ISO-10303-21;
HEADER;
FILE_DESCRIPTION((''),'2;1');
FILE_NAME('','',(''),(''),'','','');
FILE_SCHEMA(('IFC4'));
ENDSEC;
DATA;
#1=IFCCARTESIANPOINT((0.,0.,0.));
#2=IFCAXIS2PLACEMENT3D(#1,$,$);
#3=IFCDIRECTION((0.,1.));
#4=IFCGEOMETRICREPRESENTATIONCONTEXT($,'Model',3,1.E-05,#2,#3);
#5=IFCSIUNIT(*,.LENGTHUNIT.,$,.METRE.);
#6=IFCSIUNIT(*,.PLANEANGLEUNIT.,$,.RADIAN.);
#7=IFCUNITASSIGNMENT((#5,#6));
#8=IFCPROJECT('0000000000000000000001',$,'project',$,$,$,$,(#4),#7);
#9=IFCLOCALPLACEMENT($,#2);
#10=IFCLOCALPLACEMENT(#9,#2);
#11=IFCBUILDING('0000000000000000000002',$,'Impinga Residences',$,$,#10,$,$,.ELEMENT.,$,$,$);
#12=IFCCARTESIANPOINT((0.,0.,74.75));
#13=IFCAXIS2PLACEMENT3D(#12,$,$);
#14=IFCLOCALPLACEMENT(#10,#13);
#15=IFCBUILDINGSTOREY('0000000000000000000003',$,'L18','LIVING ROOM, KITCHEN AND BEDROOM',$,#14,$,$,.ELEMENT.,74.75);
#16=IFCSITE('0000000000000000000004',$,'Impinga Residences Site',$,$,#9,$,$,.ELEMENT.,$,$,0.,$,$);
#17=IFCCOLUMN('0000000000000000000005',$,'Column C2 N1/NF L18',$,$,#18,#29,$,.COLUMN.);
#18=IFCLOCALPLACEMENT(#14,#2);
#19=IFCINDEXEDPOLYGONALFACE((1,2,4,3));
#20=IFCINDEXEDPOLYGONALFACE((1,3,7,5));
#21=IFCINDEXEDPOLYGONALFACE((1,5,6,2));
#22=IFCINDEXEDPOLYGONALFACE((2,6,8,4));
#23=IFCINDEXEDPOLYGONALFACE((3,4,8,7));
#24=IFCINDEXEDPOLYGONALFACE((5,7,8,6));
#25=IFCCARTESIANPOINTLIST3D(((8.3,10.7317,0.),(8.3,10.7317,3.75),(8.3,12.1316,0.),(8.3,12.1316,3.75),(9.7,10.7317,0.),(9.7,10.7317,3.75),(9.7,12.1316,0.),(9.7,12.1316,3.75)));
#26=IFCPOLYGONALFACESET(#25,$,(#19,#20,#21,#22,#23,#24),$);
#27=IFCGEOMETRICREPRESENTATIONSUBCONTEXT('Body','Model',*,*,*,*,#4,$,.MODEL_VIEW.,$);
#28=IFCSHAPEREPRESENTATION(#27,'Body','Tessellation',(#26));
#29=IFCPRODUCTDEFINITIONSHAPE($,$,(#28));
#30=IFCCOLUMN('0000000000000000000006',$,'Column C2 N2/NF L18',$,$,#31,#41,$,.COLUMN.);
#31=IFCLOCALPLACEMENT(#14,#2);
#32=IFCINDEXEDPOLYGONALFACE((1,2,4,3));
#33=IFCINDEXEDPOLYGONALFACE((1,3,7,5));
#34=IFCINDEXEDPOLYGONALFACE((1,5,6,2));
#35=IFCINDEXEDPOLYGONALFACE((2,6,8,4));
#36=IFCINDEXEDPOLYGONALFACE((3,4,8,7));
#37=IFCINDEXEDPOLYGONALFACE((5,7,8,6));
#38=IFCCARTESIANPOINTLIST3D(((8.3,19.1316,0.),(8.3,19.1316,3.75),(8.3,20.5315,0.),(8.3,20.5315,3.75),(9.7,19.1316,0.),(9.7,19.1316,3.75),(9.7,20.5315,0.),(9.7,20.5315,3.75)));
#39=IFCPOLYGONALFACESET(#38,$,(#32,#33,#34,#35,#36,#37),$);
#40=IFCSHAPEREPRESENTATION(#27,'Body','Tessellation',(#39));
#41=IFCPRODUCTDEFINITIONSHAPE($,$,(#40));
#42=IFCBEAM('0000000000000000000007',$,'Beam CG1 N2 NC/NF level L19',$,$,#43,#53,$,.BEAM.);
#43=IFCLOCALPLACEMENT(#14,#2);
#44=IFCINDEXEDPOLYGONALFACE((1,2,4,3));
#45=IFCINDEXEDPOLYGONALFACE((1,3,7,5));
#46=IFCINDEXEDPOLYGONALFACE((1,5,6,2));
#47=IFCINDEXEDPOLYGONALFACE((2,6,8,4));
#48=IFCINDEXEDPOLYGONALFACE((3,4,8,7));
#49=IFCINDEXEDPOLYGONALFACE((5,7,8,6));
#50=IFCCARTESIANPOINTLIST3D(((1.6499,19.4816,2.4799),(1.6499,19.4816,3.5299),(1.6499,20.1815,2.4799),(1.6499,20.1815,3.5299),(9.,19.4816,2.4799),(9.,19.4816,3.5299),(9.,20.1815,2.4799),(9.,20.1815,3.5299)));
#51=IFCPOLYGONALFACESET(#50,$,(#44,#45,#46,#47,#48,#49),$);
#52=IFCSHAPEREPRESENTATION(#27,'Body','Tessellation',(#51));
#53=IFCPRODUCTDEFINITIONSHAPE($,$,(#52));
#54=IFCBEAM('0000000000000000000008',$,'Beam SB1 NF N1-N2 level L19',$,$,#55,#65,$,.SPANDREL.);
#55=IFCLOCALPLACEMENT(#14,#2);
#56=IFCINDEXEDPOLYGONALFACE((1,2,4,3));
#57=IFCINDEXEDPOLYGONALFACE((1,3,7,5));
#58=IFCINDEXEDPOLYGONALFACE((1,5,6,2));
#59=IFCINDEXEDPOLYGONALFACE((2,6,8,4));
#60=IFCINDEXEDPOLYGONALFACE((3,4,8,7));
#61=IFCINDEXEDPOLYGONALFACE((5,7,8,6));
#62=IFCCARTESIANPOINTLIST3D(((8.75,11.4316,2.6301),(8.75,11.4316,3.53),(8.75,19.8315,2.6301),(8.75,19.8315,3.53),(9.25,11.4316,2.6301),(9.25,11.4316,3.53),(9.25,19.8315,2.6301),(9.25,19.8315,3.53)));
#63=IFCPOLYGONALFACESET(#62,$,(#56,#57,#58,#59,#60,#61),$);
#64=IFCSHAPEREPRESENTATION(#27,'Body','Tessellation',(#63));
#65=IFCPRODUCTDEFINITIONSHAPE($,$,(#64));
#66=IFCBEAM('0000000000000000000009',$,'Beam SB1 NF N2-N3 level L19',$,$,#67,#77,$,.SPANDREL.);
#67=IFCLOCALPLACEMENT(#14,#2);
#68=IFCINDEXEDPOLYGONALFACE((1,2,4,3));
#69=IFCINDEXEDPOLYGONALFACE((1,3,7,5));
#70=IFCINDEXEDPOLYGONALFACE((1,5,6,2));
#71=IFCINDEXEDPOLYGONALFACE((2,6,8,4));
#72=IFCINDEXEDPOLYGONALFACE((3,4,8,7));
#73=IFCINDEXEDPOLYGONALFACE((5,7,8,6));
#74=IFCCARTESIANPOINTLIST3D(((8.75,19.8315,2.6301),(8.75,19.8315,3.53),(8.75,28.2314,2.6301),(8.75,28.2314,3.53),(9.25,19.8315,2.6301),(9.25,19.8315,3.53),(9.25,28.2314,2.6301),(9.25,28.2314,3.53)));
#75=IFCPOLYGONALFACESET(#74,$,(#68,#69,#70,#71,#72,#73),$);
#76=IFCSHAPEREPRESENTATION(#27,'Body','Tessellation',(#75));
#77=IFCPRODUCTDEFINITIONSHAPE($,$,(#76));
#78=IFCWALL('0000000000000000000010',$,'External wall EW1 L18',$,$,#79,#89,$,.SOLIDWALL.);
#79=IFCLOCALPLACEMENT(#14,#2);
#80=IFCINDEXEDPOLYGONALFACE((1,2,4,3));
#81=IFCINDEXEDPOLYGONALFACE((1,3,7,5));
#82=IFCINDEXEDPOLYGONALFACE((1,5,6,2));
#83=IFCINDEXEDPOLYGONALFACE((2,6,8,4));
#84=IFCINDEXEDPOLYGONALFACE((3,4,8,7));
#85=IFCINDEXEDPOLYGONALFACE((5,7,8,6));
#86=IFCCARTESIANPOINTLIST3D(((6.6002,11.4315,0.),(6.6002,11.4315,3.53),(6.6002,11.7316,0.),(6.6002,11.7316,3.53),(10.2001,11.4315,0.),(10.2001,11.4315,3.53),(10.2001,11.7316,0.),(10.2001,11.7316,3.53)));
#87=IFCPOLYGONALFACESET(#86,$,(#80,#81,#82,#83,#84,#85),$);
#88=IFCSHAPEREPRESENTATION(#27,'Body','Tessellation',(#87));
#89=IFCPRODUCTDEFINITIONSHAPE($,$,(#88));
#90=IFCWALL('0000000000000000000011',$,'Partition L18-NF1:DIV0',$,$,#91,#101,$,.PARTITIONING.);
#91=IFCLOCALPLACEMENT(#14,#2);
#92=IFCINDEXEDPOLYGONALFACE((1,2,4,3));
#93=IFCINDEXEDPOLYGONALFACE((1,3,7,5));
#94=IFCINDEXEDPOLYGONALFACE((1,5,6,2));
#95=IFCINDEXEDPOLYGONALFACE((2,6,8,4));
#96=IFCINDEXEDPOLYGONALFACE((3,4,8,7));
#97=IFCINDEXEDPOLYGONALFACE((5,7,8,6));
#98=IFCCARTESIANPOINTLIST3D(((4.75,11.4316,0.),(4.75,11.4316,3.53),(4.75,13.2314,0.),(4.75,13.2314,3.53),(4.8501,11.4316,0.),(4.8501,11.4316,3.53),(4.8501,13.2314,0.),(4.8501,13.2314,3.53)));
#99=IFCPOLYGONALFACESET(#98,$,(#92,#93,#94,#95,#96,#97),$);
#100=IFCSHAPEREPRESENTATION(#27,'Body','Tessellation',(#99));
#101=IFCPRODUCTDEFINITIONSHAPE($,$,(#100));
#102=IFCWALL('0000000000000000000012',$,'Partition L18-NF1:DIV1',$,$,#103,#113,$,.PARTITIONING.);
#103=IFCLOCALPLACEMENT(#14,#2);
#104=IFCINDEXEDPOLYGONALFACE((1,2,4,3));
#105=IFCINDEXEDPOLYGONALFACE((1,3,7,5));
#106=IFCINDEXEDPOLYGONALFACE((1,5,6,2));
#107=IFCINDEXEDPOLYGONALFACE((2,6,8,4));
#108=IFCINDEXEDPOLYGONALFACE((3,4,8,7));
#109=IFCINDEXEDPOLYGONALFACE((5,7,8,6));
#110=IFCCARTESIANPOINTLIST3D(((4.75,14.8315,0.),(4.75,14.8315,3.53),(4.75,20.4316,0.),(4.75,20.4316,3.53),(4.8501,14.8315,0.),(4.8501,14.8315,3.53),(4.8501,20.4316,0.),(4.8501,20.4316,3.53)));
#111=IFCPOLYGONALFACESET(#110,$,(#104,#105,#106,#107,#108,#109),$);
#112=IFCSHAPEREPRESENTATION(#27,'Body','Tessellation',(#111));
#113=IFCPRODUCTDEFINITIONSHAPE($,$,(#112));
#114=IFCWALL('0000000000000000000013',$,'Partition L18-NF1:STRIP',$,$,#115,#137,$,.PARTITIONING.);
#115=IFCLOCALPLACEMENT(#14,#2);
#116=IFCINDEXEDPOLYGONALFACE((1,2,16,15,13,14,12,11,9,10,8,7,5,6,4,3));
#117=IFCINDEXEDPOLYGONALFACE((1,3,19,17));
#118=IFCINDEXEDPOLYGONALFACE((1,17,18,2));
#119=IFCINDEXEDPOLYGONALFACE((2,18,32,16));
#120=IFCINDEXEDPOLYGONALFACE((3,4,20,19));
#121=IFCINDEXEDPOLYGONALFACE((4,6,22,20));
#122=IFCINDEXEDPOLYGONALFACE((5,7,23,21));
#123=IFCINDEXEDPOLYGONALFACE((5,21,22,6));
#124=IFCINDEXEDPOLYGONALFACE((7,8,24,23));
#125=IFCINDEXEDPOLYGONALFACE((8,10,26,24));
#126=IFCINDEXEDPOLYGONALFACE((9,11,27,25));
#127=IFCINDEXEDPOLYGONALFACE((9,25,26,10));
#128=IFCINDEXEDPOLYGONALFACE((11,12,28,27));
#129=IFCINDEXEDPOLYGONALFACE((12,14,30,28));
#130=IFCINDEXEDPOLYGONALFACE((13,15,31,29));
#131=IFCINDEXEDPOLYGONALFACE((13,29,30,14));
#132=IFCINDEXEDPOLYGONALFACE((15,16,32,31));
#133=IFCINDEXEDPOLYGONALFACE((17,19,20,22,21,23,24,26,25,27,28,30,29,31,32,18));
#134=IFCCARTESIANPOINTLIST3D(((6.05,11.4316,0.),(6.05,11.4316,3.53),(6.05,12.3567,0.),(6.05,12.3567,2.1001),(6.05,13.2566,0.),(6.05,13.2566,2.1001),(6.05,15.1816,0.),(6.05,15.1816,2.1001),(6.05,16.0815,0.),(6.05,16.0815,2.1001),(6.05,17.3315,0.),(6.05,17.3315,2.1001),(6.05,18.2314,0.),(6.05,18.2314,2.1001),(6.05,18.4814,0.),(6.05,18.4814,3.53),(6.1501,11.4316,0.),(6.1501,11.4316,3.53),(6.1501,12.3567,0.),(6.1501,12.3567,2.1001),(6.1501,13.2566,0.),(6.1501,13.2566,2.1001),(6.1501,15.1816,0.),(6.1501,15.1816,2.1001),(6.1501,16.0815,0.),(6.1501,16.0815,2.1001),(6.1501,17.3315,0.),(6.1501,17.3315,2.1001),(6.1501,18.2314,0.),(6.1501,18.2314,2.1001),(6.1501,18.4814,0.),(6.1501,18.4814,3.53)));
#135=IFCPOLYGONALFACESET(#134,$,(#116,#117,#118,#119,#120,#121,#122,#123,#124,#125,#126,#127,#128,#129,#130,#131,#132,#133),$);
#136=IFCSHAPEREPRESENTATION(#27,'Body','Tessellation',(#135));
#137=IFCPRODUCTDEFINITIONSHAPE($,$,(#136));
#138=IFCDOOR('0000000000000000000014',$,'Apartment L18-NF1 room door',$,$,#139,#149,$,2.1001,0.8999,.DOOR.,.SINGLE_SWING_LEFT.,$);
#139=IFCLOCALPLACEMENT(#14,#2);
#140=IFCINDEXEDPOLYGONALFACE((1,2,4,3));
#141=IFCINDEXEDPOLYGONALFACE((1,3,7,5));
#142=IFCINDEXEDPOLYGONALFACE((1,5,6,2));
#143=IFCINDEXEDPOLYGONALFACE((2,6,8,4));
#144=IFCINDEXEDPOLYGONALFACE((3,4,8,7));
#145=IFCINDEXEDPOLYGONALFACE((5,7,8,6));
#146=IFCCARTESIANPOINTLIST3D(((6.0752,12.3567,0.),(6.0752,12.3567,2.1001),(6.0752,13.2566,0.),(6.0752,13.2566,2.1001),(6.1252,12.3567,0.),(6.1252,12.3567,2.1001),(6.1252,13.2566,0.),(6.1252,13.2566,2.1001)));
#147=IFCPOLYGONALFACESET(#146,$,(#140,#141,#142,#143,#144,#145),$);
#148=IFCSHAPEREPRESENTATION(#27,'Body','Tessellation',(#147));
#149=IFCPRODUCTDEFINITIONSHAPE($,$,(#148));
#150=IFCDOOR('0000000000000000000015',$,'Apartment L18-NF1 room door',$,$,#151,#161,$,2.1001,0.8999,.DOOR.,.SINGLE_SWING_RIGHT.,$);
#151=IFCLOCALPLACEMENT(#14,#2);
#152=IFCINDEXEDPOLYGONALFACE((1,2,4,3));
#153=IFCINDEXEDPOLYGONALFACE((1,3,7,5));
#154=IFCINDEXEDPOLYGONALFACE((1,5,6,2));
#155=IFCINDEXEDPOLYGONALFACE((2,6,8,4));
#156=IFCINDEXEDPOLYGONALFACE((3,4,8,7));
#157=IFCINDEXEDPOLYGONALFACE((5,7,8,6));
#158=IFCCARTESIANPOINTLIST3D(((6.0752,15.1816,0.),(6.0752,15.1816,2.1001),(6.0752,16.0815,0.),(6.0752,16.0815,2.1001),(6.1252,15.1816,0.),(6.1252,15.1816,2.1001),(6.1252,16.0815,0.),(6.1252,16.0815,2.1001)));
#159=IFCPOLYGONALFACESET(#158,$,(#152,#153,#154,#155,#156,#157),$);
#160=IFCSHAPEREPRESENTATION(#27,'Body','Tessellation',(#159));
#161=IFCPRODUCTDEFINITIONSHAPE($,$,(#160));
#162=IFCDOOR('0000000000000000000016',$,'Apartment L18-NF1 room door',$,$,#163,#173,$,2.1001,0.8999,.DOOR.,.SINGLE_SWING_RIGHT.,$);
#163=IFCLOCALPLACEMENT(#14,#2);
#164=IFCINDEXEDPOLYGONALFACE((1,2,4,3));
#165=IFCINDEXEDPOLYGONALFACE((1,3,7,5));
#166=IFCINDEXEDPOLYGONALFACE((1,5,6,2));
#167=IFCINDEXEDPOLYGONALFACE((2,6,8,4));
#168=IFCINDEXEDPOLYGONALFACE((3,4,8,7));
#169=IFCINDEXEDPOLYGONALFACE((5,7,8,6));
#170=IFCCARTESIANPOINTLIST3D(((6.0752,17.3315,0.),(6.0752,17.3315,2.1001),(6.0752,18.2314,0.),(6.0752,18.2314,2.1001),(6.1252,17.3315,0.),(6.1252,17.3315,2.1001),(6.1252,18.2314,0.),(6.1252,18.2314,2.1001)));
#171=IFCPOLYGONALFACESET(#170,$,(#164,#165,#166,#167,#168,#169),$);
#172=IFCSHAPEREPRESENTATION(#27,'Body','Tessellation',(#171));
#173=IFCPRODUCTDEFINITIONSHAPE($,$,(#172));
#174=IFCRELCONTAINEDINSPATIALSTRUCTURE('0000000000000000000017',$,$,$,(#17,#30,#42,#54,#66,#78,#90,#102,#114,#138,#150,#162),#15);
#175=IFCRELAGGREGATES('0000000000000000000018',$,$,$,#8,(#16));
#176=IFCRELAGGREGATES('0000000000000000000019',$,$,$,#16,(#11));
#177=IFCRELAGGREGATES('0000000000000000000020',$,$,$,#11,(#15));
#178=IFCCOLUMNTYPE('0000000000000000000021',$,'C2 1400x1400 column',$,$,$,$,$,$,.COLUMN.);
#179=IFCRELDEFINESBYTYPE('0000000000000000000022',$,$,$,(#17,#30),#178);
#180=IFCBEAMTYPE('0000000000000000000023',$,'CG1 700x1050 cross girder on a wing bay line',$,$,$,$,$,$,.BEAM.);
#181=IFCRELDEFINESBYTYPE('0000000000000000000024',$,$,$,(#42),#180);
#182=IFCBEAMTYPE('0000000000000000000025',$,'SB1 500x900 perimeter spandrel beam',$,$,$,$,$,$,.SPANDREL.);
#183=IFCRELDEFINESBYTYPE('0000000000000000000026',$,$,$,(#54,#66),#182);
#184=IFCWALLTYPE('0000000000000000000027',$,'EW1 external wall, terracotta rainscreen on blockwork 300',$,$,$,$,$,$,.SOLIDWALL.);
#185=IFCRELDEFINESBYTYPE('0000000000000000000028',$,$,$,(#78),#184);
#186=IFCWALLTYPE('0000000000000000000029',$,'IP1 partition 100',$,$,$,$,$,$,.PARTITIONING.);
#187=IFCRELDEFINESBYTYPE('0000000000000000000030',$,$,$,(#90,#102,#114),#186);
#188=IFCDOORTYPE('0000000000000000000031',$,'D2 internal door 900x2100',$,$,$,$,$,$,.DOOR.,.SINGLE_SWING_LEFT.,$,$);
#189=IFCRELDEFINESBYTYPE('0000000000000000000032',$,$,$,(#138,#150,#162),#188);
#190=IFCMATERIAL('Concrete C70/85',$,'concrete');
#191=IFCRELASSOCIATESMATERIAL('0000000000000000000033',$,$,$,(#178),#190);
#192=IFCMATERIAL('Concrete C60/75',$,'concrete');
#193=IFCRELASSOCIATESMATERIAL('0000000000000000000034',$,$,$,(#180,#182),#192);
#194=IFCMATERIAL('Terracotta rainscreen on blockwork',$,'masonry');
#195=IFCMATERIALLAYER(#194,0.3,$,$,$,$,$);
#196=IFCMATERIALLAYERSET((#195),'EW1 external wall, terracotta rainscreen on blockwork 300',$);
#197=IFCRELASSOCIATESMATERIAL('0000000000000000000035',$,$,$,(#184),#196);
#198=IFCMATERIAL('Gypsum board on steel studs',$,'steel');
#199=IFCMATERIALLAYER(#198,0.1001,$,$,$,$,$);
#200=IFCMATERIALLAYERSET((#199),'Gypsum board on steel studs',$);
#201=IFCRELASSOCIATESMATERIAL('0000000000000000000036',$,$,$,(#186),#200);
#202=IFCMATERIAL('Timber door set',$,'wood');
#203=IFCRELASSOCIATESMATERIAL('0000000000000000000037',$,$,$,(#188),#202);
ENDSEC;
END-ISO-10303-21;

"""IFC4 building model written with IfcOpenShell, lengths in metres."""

from ifc_helpers import new_model, si_unit, direction, frame, frame_2d, origin, origin_2d, place, context, subcontext, project, spatial, rectangle, extrude, material, layer, layer_set, material_profile, profile_set, type_object, element, fill, save


model = new_model("IFC4")

# Units and contexts
model_context = context("Model", 3, precision=1e-05, world=origin(), true_north=direction((0.0, 1.0)))
body_context = subcontext(model_context, "Body", "Model", "MODEL_VIEW")
ifc_project = project(units=[si_unit("LENGTHUNIT", "METRE"), si_unit("PLANEANGLEUNIT", "RADIAN")], contexts=[model_context])

# Site, building, storey
site_placement = place(None, origin())
site = spatial("IfcSite", under=ifc_project, at=site_placement, Name="Impinga Residences Site", CompositionType="ELEMENT", RefElevation=0.0)
building_placement = place(site_placement, origin())
building = spatial("IfcBuilding", under=site, at=building_placement, Name="Impinga Residences", CompositionType="ELEMENT")
storey_placement = place(building_placement, frame((0.0, 0.0, 74.75)))
storey = spatial("IfcBuildingStorey", under=building, at=storey_placement, Name="L18", Description="LIVING ROOM, KITCHEN AND BEDROOM", CompositionType="ELEMENT", Elevation=74.75)

# Columns
ifc_material_1 = material(Name="Concrete C70/85", Category="concrete")
ifc_material_profile_1 = material_profile(ifc_material_1, rectangle(XDim=1.3999, YDim=1.3999, at=origin_2d()), Name="RC 1400x1400")
ifc_profile_set_1 = profile_set([ifc_material_profile_1], Name="Concrete C70/85")
column_type = type_object("IfcColumnType", Name="C2 1400x1400 column", PredefinedType="COLUMN", material=ifc_profile_set_1)
for number, where, z_axis, x_axis, name in (
    (1, (9.0, 11.4316, 0.0), (0.0, 0.0, 1.0), (1.0, 0.0, 0.0), "Column C2 N1/NF L18"),
    (2, (9.0, 19.8315, 0.0), (0.0, 0.0, 1.0), (1.0, 0.0, 0.0), "Column C2 N2/NF L18"),
):
    element("IfcColumn", number, at=place(storey_placement, frame(where, z_axis=z_axis, x_axis=x_axis)), inside=storey, type_object=column_type, Name=name, PredefinedType="COLUMN", context=body_context, shape_type="SweptSolid", body=[
        extrude(rectangle(XDim=1.3999, YDim=1.3999, at=origin_2d()), origin(), (0.0, 0.0, 1.0), 3.75),
    ])

# Beams
ifc_material_2 = material(Name="Concrete C60/75", Category="concrete")
ifc_material_profile_2 = material_profile(ifc_material_2, rectangle(XDim=0.7, YDim=1.05, at=origin_2d()), Name="RC 700x1050")
ifc_profile_set_2 = profile_set([ifc_material_profile_2], Name="Concrete C60/75")
beam_type_1 = type_object("IfcBeamType", Name="CG1 700x1050 cross girder on a wing bay line", PredefinedType="BEAM", material=ifc_profile_set_2)
beam_placement = place(storey_placement, frame((1.6499, 19.8315, 3.0049), z_axis=(1.0, 0.0, 0.0), x_axis=(0.0, 1.0, 0.0)))
element("IfcBeam", 3, at=beam_placement, inside=storey, type_object=beam_type_1, Name="Beam CG1 N2 NC/NF level L19", PredefinedType="BEAM", context=body_context, shape_type="SweptSolid", body=[
    extrude(rectangle(XDim=0.7, YDim=1.05, at=origin_2d()), origin(), (0.0, 0.0, 1.0), 7.3501),
])
ifc_material_profile_3 = material_profile(ifc_material_2, rectangle(XDim=0.5, YDim=0.8999, at=origin_2d()), Name="RC 500x900")
ifc_profile_set_3 = profile_set([ifc_material_profile_3], Name="Concrete C60/75")
beam_type_2 = type_object("IfcBeamType", Name="SB1 500x900 perimeter spandrel beam", PredefinedType="SPANDREL", material=ifc_profile_set_3)
for number, where, z_axis, x_axis, name in (
    (4, (9.0, 11.4316, 3.0801), (0.0, 1.0, 0.0), (-1.0, 0.0, 0.0), "Beam SB1 NF N1-N2 level L19"),
    (5, (9.0, 19.8315, 3.0801), (0.0, 1.0, 0.0), (-1.0, 0.0, 0.0), "Beam SB1 NF N2-N3 level L19"),
):
    element("IfcBeam", number, at=place(storey_placement, frame(where, z_axis=z_axis, x_axis=x_axis)), inside=storey, type_object=beam_type_2, Name=name, PredefinedType="SPANDREL", context=body_context, shape_type="SweptSolid", body=[
        extrude(rectangle(XDim=0.5, YDim=0.8999, at=origin_2d()), origin(), (0.0, 0.0, 1.0), 8.3999),
    ])

# Walls
ifc_material_3 = material(Name="Terracotta rainscreen on blockwork", Category="masonry")
ifc_layer_1 = layer(ifc_material_3, 0.3)
ifc_layer_set_1 = layer_set([ifc_layer_1], Name="EW1 external wall, terracotta rainscreen on blockwork 300")
wall_type_1 = type_object("IfcWallType", Name="EW1 external wall, terracotta rainscreen on blockwork 300", PredefinedType="SOLIDWALL", material=ifc_layer_set_1)
wall_1_placement = place(storey_placement, frame((10.2, 11.5815, 0.0), z_axis=(0.0, 0.0, 1.0), x_axis=(-1.0, 0.0, 0.0)))
element("IfcWall", 6, at=wall_1_placement, inside=storey, type_object=wall_type_1, Name="External wall EW1 L18", PredefinedType="SOLIDWALL", context=body_context, shape_type="SweptSolid", body=[
    extrude(rectangle(XDim=3.5999, YDim=0.3, at=frame_2d((1.7998, 0.0))), origin(), (0.0, 0.0, 1.0), 3.53),
])
ifc_material_4 = material(Name="Gypsum board on steel studs", Category="steel")
ifc_layer_2 = layer(ifc_material_4, 0.1001)
ifc_layer_set_2 = layer_set([ifc_layer_2], Name="Gypsum board on steel studs")
wall_type_2 = type_object("IfcWallType", Name="IP1 partition 100", PredefinedType="PARTITIONING", material=ifc_layer_set_2)
wall_2_placement = place(storey_placement, frame((4.8, 11.4316, 0.0), z_axis=(0.0, 0.0, 1.0), x_axis=(0.0, 1.0, 0.0)))
element("IfcWall", 7, at=wall_2_placement, inside=storey, type_object=wall_type_2, Name="Partition L18-NF1:DIV0", PredefinedType="PARTITIONING", context=body_context, shape_type="SweptSolid", body=[
    extrude(rectangle(XDim=1.7998, YDim=0.1001, at=frame_2d((0.8999, 0.0))), origin(), (0.0, 0.0, 1.0), 3.53),
])
wall_3_placement = place(storey_placement, frame((4.8, 14.8315, 0.0), z_axis=(0.0, 0.0, 1.0), x_axis=(0.0, 1.0, 0.0)))
element("IfcWall", 8, at=wall_3_placement, inside=storey, type_object=wall_type_2, Name="Partition L18-NF1:DIV1", PredefinedType="PARTITIONING", context=body_context, shape_type="SweptSolid", body=[
    extrude(rectangle(XDim=5.6001, YDim=0.1001, at=frame_2d((2.8, 0.0))), origin(), (0.0, 0.0, 1.0), 3.53),
])

# Wall, openings, doors
wall_4_placement = place(storey_placement, frame((6.1001, 11.4316, 0.0), z_axis=(0.0, 0.0, 1.0), x_axis=(0.0, 1.0, 0.0)))
wall_4 = element("IfcWall", 9, at=wall_4_placement, inside=storey, type_object=wall_type_2, Name="Partition L18-NF1:STRIP", PredefinedType="PARTITIONING", context=body_context, shape_type="SweptSolid", body=[
    extrude(rectangle(XDim=7.0498, YDim=0.1001, at=frame_2d((3.5249, 0.0))), origin(), (0.0, 0.0, 1.0), 3.53),
])
opening_1_placement = place(wall_4_placement, frame((0.925, 0.0, 0.0)))
opening_1 = element("IfcOpeningElement", 10, at=opening_1_placement, cuts=wall_4, PredefinedType="OPENING", context=body_context, shape_type="SweptSolid", body=[
    extrude(rectangle(XDim=0.8999, YDim=2.1001, at=frame_2d((0.45, 1.05))), frame((0.0, 0.0601, 0.0), z_axis=(0.0, -1.0, 0.0), x_axis=(1.0, 0.0, 0.0)), (0.0, 0.0, 1.0), 0.1201),
])
opening_2_placement = place(wall_4_placement, frame((3.75, 0.0, 0.0)))
opening_2 = element("IfcOpeningElement", 11, at=opening_2_placement, cuts=wall_4, PredefinedType="OPENING", context=body_context, shape_type="SweptSolid", body=[
    extrude(rectangle(XDim=0.8999, YDim=2.1001, at=frame_2d((0.45, 1.05))), frame((0.0, 0.0601, 0.0), z_axis=(0.0, -1.0, 0.0), x_axis=(1.0, 0.0, 0.0)), (0.0, 0.0, 1.0), 0.1201),
])
opening_3_placement = place(wall_4_placement, frame((5.8999, 0.0, 0.0)))
opening_3 = element("IfcOpeningElement", 12, at=opening_3_placement, cuts=wall_4, PredefinedType="OPENING", context=body_context, shape_type="SweptSolid", body=[
    extrude(rectangle(XDim=0.8999, YDim=2.1001, at=frame_2d((0.45, 1.05))), frame((0.0, 0.0601, 0.0), z_axis=(0.0, -1.0, 0.0), x_axis=(1.0, 0.0, 0.0)), (0.0, 0.0, 1.0), 0.1201),
])
ifc_material_5 = material(Name="Timber door set", Category="wood")
door_type = type_object("IfcDoorType", Name="D2 internal door 900x2100", OperationType="SINGLE_SWING_LEFT", PredefinedType="DOOR", material=ifc_material_5)
door_1_placement = place(opening_1_placement, origin())
door_1 = element("IfcDoor", 13, at=door_1_placement, inside=storey, type_object=door_type, Name="Apartment L18-NF1 room door", OperationType="SINGLE_SWING_LEFT", OverallHeight=2.1001, OverallWidth=0.8999, PredefinedType="DOOR", context=body_context, shape_type="SweptSolid", body=[
    extrude(rectangle(XDim=0.8999, YDim=2.1001, at=frame_2d((0.45, 1.05))), frame((0.0, 0.0249, 0.0), z_axis=(0.0, -1.0, 0.0), x_axis=(1.0, 0.0, 0.0)), (0.0, 0.0, 1.0), 0.05),
])
fill(opening_1, door_1)
door_2_placement = place(opening_2_placement, origin())
door_2 = element("IfcDoor", 14, at=door_2_placement, inside=storey, type_object=door_type, Name="Apartment L18-NF1 room door", OperationType="SINGLE_SWING_RIGHT", OverallHeight=2.1001, OverallWidth=0.8999, PredefinedType="DOOR", context=body_context, shape_type="SweptSolid", body=[
    extrude(rectangle(XDim=0.8999, YDim=2.1001, at=frame_2d((0.45, 1.05))), frame((0.0, 0.0249, 0.0), z_axis=(0.0, -1.0, 0.0), x_axis=(1.0, 0.0, 0.0)), (0.0, 0.0, 1.0), 0.05),
])
fill(opening_2, door_2)
door_3_placement = place(opening_3_placement, origin())
door_3 = element("IfcDoor", 15, at=door_3_placement, inside=storey, type_object=door_type, Name="Apartment L18-NF1 room door", OperationType="SINGLE_SWING_RIGHT", OverallHeight=2.1001, OverallWidth=0.8999, PredefinedType="DOOR", context=body_context, shape_type="SweptSolid", body=[
    extrude(rectangle(XDim=0.8999, YDim=2.1001, at=frame_2d((0.45, 1.05))), frame((0.0, 0.0249, 0.0), z_axis=(0.0, -1.0, 0.0), x_axis=(1.0, 0.0, 0.0)), (0.0, 0.0, 1.0), 0.05),
])
fill(opening_3, door_3)

save(model, "model.ifc")
